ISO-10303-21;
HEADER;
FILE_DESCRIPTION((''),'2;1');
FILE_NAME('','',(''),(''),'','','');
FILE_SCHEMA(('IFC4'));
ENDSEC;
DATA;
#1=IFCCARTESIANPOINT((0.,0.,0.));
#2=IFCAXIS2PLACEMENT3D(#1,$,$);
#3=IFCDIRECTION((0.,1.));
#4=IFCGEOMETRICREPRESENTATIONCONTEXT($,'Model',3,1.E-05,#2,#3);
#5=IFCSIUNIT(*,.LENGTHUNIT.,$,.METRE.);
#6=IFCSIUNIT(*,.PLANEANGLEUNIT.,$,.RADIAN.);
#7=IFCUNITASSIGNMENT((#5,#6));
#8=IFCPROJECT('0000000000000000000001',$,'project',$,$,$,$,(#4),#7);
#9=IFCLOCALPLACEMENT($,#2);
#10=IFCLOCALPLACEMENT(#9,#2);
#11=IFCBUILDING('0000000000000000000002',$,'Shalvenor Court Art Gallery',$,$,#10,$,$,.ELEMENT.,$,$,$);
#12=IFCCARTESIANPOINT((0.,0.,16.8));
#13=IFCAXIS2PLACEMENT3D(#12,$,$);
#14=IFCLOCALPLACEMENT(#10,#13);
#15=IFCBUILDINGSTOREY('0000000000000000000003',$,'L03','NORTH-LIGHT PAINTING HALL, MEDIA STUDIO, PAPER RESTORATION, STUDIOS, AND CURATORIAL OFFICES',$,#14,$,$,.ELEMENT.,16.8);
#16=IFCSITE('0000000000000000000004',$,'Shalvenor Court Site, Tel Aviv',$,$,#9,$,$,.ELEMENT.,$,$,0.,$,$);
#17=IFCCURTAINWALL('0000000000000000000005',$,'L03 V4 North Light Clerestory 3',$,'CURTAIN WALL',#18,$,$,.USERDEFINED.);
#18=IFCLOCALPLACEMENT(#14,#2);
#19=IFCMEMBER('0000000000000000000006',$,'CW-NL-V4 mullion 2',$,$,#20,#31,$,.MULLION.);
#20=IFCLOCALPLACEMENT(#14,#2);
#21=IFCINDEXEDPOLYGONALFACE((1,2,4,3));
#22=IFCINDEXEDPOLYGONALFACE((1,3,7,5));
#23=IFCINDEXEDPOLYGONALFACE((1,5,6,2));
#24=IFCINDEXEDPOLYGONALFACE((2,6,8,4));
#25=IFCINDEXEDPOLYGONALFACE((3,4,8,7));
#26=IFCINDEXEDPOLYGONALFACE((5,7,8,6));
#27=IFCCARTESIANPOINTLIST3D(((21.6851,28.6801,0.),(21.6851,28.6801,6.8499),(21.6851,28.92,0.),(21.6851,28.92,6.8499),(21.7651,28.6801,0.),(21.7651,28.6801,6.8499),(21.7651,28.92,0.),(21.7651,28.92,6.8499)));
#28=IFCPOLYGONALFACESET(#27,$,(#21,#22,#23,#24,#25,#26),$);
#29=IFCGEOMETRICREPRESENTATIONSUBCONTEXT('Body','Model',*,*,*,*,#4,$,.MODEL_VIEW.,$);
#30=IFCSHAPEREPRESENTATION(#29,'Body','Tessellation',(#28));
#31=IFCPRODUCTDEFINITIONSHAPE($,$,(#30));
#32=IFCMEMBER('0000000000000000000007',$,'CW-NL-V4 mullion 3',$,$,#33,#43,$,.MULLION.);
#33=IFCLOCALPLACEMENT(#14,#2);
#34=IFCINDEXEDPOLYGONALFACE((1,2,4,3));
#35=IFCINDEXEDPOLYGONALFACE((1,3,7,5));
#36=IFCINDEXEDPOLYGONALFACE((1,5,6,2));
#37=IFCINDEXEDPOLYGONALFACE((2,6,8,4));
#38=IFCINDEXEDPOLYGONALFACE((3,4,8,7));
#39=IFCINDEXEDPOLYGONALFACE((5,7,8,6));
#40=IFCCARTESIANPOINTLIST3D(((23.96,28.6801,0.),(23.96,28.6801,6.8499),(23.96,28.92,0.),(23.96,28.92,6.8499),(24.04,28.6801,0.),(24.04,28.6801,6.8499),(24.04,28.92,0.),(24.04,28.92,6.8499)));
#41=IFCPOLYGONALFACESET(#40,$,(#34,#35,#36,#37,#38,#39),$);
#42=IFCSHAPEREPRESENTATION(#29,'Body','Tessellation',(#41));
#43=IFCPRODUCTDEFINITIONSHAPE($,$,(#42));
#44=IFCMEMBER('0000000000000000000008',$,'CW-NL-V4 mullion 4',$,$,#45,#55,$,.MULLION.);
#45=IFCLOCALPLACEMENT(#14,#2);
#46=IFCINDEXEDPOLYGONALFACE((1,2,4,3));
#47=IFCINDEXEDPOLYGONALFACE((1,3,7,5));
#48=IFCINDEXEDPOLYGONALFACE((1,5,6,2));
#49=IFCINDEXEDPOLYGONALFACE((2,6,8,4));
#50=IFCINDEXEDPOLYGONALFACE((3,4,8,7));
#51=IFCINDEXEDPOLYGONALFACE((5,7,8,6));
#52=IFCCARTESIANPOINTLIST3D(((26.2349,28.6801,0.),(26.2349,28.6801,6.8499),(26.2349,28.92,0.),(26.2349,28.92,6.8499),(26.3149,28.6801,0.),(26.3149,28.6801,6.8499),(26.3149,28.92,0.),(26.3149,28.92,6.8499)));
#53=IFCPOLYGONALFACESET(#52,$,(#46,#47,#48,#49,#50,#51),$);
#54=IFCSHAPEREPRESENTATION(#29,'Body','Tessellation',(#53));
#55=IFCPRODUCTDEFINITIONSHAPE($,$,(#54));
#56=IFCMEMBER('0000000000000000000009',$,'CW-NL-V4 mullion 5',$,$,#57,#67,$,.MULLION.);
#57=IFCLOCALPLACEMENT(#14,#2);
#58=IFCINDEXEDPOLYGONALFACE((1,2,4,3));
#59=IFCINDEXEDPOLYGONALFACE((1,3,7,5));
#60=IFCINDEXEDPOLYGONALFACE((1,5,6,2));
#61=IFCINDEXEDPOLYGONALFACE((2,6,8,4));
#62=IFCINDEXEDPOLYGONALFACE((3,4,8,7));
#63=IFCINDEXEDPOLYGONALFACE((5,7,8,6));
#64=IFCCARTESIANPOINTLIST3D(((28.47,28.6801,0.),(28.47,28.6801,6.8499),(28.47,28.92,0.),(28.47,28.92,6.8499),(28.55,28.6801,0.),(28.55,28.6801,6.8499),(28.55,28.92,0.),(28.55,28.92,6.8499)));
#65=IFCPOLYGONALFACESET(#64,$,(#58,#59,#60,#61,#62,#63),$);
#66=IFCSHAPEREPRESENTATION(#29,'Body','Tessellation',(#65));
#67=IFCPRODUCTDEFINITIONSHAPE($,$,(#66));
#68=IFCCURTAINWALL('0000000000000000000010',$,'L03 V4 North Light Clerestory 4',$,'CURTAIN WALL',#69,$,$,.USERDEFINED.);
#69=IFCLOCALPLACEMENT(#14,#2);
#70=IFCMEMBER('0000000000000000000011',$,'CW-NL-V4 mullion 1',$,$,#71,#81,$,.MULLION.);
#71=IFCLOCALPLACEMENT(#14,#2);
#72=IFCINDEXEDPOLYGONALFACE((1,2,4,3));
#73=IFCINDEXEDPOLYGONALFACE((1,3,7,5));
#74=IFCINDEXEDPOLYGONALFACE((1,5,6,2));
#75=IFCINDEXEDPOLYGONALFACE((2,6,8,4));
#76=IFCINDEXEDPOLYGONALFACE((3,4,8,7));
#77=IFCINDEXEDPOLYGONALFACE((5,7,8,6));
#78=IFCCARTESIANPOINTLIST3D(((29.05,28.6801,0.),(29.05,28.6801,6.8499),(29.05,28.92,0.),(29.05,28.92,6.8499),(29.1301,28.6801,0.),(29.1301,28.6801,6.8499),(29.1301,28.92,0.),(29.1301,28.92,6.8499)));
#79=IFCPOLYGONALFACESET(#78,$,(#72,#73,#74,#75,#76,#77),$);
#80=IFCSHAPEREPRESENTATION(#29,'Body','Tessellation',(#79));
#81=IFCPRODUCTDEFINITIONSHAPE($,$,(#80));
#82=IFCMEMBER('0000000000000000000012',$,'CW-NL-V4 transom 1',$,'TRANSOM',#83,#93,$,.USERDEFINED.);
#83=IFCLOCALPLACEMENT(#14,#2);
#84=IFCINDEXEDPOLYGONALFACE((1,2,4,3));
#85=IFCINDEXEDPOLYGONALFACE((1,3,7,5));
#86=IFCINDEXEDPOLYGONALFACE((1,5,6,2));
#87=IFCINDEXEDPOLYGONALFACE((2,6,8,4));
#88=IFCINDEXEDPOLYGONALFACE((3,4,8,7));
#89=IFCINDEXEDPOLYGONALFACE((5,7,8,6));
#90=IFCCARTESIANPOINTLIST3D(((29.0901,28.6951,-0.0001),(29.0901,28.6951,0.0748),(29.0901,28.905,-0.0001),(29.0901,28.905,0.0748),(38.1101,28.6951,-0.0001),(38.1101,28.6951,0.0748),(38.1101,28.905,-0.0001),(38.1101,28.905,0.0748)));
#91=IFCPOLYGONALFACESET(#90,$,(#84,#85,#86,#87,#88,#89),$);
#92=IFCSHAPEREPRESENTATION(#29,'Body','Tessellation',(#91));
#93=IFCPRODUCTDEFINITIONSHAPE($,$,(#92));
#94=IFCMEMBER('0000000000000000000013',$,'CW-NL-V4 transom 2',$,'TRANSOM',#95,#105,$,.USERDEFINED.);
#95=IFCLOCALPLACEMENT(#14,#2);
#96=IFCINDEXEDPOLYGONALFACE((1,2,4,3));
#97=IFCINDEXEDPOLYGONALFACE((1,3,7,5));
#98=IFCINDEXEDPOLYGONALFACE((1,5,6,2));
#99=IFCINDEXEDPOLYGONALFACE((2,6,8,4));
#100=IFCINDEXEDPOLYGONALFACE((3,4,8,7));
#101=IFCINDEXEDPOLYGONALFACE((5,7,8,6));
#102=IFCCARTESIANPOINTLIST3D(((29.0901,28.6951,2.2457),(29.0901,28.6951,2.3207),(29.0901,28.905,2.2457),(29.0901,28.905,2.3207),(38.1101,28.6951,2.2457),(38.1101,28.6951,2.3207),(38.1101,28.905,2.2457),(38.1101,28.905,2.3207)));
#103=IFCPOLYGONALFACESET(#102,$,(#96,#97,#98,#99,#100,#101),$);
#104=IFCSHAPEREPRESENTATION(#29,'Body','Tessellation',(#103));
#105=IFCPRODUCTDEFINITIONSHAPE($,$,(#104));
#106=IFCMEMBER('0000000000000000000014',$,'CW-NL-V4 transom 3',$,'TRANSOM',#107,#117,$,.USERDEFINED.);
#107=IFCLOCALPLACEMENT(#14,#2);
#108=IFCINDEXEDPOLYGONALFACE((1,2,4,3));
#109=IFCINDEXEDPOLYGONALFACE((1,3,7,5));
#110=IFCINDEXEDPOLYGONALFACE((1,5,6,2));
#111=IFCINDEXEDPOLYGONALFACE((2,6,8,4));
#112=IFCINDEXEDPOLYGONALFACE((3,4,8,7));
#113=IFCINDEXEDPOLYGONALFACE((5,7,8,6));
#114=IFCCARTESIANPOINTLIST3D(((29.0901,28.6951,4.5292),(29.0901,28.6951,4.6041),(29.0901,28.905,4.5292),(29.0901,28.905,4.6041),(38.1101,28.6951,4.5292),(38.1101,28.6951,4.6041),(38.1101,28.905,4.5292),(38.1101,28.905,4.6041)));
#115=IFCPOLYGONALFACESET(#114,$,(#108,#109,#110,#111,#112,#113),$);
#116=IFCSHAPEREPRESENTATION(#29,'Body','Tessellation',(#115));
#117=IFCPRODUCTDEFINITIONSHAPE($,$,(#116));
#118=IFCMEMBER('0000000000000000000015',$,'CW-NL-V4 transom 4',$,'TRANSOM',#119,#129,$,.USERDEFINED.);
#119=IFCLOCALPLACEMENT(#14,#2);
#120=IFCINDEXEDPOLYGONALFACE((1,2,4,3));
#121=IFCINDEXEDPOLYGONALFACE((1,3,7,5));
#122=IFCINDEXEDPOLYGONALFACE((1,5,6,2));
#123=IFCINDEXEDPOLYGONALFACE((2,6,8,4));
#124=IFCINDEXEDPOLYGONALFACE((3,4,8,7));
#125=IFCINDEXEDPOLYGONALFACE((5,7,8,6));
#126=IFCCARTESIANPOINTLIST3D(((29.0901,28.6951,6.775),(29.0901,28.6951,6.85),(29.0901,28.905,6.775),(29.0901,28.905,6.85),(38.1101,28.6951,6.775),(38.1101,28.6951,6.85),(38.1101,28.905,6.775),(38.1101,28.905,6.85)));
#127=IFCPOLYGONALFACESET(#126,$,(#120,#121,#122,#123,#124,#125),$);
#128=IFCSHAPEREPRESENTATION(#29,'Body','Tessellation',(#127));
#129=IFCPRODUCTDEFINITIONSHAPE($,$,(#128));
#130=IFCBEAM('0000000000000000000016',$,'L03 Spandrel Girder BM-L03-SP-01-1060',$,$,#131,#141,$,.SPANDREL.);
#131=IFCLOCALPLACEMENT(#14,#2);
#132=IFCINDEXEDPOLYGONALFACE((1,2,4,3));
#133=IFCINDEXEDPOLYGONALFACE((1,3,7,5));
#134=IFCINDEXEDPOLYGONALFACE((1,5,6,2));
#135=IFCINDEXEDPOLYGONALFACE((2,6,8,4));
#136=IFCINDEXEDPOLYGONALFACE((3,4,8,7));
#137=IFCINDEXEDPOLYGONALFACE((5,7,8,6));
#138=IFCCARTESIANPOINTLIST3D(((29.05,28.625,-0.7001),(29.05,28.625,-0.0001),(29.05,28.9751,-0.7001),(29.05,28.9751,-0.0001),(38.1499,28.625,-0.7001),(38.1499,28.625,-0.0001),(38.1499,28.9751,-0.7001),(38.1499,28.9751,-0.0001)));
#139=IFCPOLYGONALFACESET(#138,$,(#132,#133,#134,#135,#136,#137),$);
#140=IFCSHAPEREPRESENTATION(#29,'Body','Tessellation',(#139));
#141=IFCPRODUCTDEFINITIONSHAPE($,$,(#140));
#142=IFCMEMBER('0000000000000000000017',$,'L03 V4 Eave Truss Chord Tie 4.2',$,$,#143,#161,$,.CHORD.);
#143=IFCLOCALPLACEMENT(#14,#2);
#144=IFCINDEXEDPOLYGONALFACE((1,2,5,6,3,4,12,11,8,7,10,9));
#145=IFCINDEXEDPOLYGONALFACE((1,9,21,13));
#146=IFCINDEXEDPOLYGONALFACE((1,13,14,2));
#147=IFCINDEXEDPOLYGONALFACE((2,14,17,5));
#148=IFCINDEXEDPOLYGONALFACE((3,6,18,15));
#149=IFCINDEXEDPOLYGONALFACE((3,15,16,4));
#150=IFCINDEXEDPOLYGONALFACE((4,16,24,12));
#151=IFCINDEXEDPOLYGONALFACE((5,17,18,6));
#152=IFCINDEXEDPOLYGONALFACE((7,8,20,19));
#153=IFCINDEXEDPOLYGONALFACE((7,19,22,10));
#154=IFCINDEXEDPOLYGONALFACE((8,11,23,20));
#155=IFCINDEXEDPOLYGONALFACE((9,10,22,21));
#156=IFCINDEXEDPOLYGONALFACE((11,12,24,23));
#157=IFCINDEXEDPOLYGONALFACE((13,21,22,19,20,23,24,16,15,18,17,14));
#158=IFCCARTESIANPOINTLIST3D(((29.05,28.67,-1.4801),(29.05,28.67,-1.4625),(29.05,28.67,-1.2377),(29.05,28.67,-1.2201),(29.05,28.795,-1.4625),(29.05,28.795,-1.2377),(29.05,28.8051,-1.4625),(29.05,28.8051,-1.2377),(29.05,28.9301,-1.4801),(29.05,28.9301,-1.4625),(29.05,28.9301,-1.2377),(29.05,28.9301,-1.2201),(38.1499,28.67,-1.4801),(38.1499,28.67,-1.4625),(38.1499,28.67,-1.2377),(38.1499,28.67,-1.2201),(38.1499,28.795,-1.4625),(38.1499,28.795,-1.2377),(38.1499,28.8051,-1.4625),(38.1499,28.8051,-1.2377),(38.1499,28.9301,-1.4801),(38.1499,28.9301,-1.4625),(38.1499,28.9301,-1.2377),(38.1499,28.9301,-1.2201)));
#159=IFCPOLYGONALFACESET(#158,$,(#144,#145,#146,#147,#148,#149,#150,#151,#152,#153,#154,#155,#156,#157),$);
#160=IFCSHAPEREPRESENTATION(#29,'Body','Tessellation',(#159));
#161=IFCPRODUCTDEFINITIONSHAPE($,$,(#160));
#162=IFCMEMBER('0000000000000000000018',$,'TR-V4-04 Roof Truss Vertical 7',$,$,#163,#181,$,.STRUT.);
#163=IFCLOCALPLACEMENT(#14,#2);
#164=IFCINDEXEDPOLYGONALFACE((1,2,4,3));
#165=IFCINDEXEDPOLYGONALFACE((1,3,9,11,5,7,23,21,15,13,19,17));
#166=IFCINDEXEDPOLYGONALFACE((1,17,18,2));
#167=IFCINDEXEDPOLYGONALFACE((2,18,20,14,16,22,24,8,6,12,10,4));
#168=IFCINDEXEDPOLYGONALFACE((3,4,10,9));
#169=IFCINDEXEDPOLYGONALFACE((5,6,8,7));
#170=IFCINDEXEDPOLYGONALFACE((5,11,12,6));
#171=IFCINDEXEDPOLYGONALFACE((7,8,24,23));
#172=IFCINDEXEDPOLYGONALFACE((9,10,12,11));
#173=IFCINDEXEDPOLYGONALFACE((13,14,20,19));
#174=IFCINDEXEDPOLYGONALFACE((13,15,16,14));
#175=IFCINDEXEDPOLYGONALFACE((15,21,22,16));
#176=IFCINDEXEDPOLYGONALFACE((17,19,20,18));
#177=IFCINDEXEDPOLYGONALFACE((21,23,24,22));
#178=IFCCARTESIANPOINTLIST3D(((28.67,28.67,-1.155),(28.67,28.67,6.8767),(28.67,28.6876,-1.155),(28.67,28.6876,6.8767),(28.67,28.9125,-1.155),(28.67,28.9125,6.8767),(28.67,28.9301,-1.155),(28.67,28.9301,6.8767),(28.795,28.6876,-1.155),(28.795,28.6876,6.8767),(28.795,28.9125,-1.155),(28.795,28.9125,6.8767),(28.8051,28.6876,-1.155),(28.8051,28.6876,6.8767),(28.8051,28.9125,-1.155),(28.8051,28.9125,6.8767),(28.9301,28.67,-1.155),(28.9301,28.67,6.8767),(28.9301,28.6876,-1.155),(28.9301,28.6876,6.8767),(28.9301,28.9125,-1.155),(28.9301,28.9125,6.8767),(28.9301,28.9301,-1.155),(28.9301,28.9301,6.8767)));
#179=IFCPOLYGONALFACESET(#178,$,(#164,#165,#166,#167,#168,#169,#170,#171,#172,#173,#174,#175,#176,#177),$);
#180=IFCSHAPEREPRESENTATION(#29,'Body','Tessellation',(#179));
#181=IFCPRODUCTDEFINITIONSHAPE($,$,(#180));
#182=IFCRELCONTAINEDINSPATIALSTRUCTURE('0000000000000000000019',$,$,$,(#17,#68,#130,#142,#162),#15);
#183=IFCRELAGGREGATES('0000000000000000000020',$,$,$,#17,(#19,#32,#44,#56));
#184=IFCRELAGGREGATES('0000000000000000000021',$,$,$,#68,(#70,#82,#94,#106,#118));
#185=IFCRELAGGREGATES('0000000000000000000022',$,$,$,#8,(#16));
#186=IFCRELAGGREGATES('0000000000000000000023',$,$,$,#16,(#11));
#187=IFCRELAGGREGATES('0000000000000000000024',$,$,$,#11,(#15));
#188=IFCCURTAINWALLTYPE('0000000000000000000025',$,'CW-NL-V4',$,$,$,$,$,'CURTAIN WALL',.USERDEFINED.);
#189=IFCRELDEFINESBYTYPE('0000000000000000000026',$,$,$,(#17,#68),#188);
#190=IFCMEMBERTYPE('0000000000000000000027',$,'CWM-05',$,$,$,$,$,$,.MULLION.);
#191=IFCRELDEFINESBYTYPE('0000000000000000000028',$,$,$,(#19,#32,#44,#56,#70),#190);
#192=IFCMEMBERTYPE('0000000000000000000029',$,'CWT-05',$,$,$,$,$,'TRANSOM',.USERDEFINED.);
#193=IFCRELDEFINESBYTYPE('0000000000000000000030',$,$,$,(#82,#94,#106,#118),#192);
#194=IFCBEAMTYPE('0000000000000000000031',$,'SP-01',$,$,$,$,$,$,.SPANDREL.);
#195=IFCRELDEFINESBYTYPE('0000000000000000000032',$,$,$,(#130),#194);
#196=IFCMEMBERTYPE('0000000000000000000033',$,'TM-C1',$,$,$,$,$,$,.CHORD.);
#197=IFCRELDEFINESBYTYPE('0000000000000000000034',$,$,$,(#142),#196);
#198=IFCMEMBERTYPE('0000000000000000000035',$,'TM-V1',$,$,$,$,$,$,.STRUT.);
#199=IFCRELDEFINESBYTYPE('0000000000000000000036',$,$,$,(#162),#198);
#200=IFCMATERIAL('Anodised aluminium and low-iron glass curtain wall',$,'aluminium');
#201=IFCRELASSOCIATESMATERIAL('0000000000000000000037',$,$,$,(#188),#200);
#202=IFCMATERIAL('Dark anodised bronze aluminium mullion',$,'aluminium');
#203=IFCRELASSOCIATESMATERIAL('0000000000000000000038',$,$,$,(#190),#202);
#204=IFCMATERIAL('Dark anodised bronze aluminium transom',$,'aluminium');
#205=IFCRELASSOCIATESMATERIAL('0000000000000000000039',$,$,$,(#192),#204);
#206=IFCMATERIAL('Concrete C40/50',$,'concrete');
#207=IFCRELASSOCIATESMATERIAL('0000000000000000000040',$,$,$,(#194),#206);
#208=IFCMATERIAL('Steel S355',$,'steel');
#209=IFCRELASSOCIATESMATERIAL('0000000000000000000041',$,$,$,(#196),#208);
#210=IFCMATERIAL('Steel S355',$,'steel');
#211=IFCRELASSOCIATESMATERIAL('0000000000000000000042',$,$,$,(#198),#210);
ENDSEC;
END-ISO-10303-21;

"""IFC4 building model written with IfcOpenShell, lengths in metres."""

from ifc_helpers import new_model, si_unit, direction, frame, origin, origin_2d, place, context, subcontext, project, spatial, rectangle, i_section, extrude, material, material_profile, profile_set, type_object, element, aggregate, save


model = new_model("IFC4")

# Units and contexts
model_context = context("Model", 3, precision=1e-05, world=origin(), true_north=direction((0.0, 1.0)))
body_context = subcontext(model_context, "Body", "Model", "MODEL_VIEW")
ifc_project = project(units=[si_unit("LENGTHUNIT", "METRE"), si_unit("PLANEANGLEUNIT", "RADIAN")], contexts=[model_context])

# Site, building, storey
site_placement = place(None, origin())
site = spatial("IfcSite", under=ifc_project, at=site_placement, Name="Shalvenor Court Site, Tel Aviv", CompositionType="ELEMENT", RefElevation=0.0)
building_placement = place(site_placement, origin())
building = spatial("IfcBuilding", under=site, at=building_placement, Name="Shalvenor Court Art Gallery", CompositionType="ELEMENT")
storey_placement = place(building_placement, frame((0.0, 0.0, 16.8)))
storey = spatial("IfcBuildingStorey", under=building, at=storey_placement, Name="L03", Description="NORTH-LIGHT PAINTING HALL, MEDIA STUDIO, PAPER RESTORATION, STUDIOS, AND CURATORIAL OFFICES", CompositionType="ELEMENT", Elevation=16.8)

# Curtain walls, members
ifc_material_1 = material(Name="Anodised aluminium and low-iron glass curtain wall", Category="aluminium")
curtain_wall_type = type_object("IfcCurtainWallType", Name="CW-NL-V4", ElementType="CURTAIN WALL", PredefinedType="USERDEFINED", material=ifc_material_1)
curtain_wall_1_placement = place(storey_placement, origin())
curtain_wall_1 = element("IfcCurtainWall", 1, at=curtain_wall_1_placement, inside=storey, type_object=curtain_wall_type, Name="L03 V4 North Light Clerestory 3", ObjectType="CURTAIN WALL", PredefinedType="USERDEFINED")
ifc_material_2 = material(Name="Dark anodised bronze aluminium mullion", Category="aluminium")
ifc_material_profile_1 = material_profile(ifc_material_2, rectangle(XDim=0.0801, YDim=0.24, at=origin_2d()), Name="CWM-05")
ifc_profile_set_1 = profile_set([ifc_material_profile_1], Name="Dark anodised bronze aluminium mullion")
member_type_1 = type_object("IfcMemberType", Name="CWM-05", PredefinedType="MULLION", material=ifc_profile_set_1)
member_1_placement = place(storey_placement, frame((21.7251, 28.8, 0.0), z_axis=(0.0, 0.0, 1.0), x_axis=(1.0, 0.0, 0.0)))
member_1 = element("IfcMember", 2, at=member_1_placement, type_object=member_type_1, Name="CW-NL-V4 mullion 2", PredefinedType="MULLION", context=body_context, shape_type="SweptSolid", body=[
    extrude(rectangle(XDim=0.0801, YDim=0.24, at=origin_2d()), origin(), (0.0, 0.0, 1.0), 6.8499),
])
member_2_placement = place(storey_placement, frame((24.0, 28.8, 0.0), z_axis=(0.0, 0.0, 1.0), x_axis=(1.0, 0.0, 0.0)))
member_2 = element("IfcMember", 3, at=member_2_placement, type_object=member_type_1, Name="CW-NL-V4 mullion 3", PredefinedType="MULLION", context=body_context, shape_type="SweptSolid", body=[
    extrude(rectangle(XDim=0.0801, YDim=0.24, at=origin_2d()), origin(), (0.0, 0.0, 1.0), 6.8499),
])
member_3_placement = place(storey_placement, frame((26.2749, 28.8, 0.0), z_axis=(0.0, 0.0, 1.0), x_axis=(1.0, 0.0, 0.0)))
member_3 = element("IfcMember", 4, at=member_3_placement, type_object=member_type_1, Name="CW-NL-V4 mullion 4", PredefinedType="MULLION", context=body_context, shape_type="SweptSolid", body=[
    extrude(rectangle(XDim=0.0801, YDim=0.24, at=origin_2d()), origin(), (0.0, 0.0, 1.0), 6.8499),
])
member_4_placement = place(storey_placement, frame((28.51, 28.8, 0.0), z_axis=(0.0, 0.0, 1.0), x_axis=(1.0, 0.0, 0.0)))
member_4 = element("IfcMember", 5, at=member_4_placement, type_object=member_type_1, Name="CW-NL-V4 mullion 5", PredefinedType="MULLION", context=body_context, shape_type="SweptSolid", body=[
    extrude(rectangle(XDim=0.0801, YDim=0.24, at=origin_2d()), origin(), (0.0, 0.0, 1.0), 6.8499),
])
curtain_wall_2_placement = place(storey_placement, origin())
curtain_wall_2 = element("IfcCurtainWall", 6, at=curtain_wall_2_placement, inside=storey, type_object=curtain_wall_type, Name="L03 V4 North Light Clerestory 4", ObjectType="CURTAIN WALL", PredefinedType="USERDEFINED")
member_5_placement = place(storey_placement, frame((29.0901, 28.8, 0.0), z_axis=(0.0, 0.0, 1.0), x_axis=(1.0, 0.0, 0.0)))
member_5 = element("IfcMember", 7, at=member_5_placement, type_object=member_type_1, Name="CW-NL-V4 mullion 1", PredefinedType="MULLION", context=body_context, shape_type="SweptSolid", body=[
    extrude(rectangle(XDim=0.0801, YDim=0.24, at=origin_2d()), origin(), (0.0, 0.0, 1.0), 6.8499),
])
ifc_material_3 = material(Name="Dark anodised bronze aluminium transom", Category="aluminium")
ifc_material_profile_2 = material_profile(ifc_material_3, rectangle(XDim=0.21, YDim=0.075, at=origin_2d()), Name="CWT-05")
ifc_profile_set_2 = profile_set([ifc_material_profile_2], Name="Dark anodised bronze aluminium transom")
member_type_2 = type_object("IfcMemberType", Name="CWT-05", ElementType="TRANSOM", PredefinedType="USERDEFINED", material=ifc_profile_set_2)
member_6_placement = place(storey_placement, frame((29.0901, 28.8, 0.0374), z_axis=(1.0, 0.0, 0.0), x_axis=(0.0, 1.0, 0.0)))
member_6 = element("IfcMember", 8, at=member_6_placement, type_object=member_type_2, Name="CW-NL-V4 transom 1", ObjectType="TRANSOM", PredefinedType="USERDEFINED", context=body_context, shape_type="SweptSolid", body=[
    extrude(rectangle(XDim=0.21, YDim=0.075, at=origin_2d()), origin(), (0.0, 0.0, 1.0), 9.02),
])
member_7_placement = place(storey_placement, frame((29.0901, 28.8, 2.2832), z_axis=(1.0, 0.0, 0.0), x_axis=(0.0, 1.0, 0.0)))
member_7 = element("IfcMember", 9, at=member_7_placement, type_object=member_type_2, Name="CW-NL-V4 transom 2", ObjectType="TRANSOM", PredefinedType="USERDEFINED", context=body_context, shape_type="SweptSolid", body=[
    extrude(rectangle(XDim=0.21, YDim=0.075, at=origin_2d()), origin(), (0.0, 0.0, 1.0), 9.02),
])
member_8_placement = place(storey_placement, frame((29.0901, 28.8, 4.5667), z_axis=(1.0, 0.0, 0.0), x_axis=(0.0, 1.0, 0.0)))
member_8 = element("IfcMember", 10, at=member_8_placement, type_object=member_type_2, Name="CW-NL-V4 transom 3", ObjectType="TRANSOM", PredefinedType="USERDEFINED", context=body_context, shape_type="SweptSolid", body=[
    extrude(rectangle(XDim=0.21, YDim=0.075, at=origin_2d()), origin(), (0.0, 0.0, 1.0), 9.02),
])
member_9_placement = place(storey_placement, frame((29.0901, 28.8, 6.8125), z_axis=(1.0, 0.0, 0.0), x_axis=(0.0, 1.0, 0.0)))
member_9 = element("IfcMember", 11, at=member_9_placement, type_object=member_type_2, Name="CW-NL-V4 transom 4", ObjectType="TRANSOM", PredefinedType="USERDEFINED", context=body_context, shape_type="SweptSolid", body=[
    extrude(rectangle(XDim=0.21, YDim=0.075, at=origin_2d()), origin(), (0.0, 0.0, 1.0), 9.02),
])

# Beam
ifc_material_4 = material(Name="Concrete C40/50", Category="concrete")
ifc_material_profile_3 = material_profile(ifc_material_4, rectangle(XDim=0.3501, YDim=0.7, at=origin_2d()), Name="RC 350x700")
ifc_profile_set_3 = profile_set([ifc_material_profile_3], Name="Concrete C40/50")
beam_type = type_object("IfcBeamType", Name="SP-01", PredefinedType="SPANDREL", material=ifc_profile_set_3)
beam_placement = place(storey_placement, frame((29.05, 28.8, -0.3501), z_axis=(1.0, 0.0, 0.0), x_axis=(0.0, 1.0, 0.0)))
element("IfcBeam", 12, at=beam_placement, inside=storey, type_object=beam_type, Name="L03 Spandrel Girder BM-L03-SP-01-1060", PredefinedType="SPANDREL", context=body_context, shape_type="SweptSolid", body=[
    extrude(rectangle(XDim=0.3501, YDim=0.7, at=origin_2d()), origin(), (0.0, 0.0, 1.0), 9.0999),
])

# Members
ifc_material_5 = material(Name="Steel S355", Category="steel")
ifc_material_profile_4 = material_profile(ifc_material_5, i_section(OverallWidth=0.26, OverallDepth=0.26, WebThickness=0.01, FlangeThickness=0.0176, at=origin_2d()), Name="HEB 260")
ifc_profile_set_4 = profile_set([ifc_material_profile_4], Name="Steel S355")
member_type_3 = type_object("IfcMemberType", Name="TM-C1", PredefinedType="CHORD", material=ifc_profile_set_4)
member_10_placement = place(storey_placement, frame((29.05, 28.8, -1.3501), z_axis=(1.0, 0.0, 0.0), x_axis=(0.0, 1.0, 0.0)))
element("IfcMember", 13, at=member_10_placement, inside=storey, type_object=member_type_3, Name="L03 V4 Eave Truss Chord Tie 4.2", PredefinedType="CHORD", context=body_context, shape_type="SweptSolid", body=[
    extrude(i_section(OverallWidth=0.26, OverallDepth=0.26, WebThickness=0.01, FlangeThickness=0.0176, at=origin_2d()), origin(), (0.0, 0.0, 1.0), 9.0999),
])
ifc_material_6 = material(Name="Steel S355", Category="steel")
ifc_material_profile_5 = material_profile(ifc_material_6, i_section(OverallWidth=0.26, OverallDepth=0.26, WebThickness=0.01, FlangeThickness=0.0176, at=origin_2d()), Name="HEB 260")
ifc_profile_set_5 = profile_set([ifc_material_profile_5], Name="Steel S355")
member_type_4 = type_object("IfcMemberType", Name="TM-V1", PredefinedType="STRUT", material=ifc_profile_set_5)
member_11_placement = place(storey_placement, frame((28.8, 28.8, -1.155), z_axis=(0.0, 0.0, 1.0), x_axis=(1.0, 0.0, 0.0)))
element("IfcMember", 14, at=member_11_placement, inside=storey, type_object=member_type_4, Name="TR-V4-04 Roof Truss Vertical 7", PredefinedType="STRUT", context=body_context, shape_type="SweptSolid", body=[
    extrude(i_section(OverallWidth=0.26, OverallDepth=0.26, WebThickness=0.01, FlangeThickness=0.0176, at=origin_2d()), origin(), (0.0, 0.0, 1.0), 8.0317),
])

aggregate(curtain_wall_1, [member_1, member_2, member_3, member_4])
aggregate(curtain_wall_2, [member_5, member_6, member_7, member_8, member_9])

save(model, "model.ifc")
